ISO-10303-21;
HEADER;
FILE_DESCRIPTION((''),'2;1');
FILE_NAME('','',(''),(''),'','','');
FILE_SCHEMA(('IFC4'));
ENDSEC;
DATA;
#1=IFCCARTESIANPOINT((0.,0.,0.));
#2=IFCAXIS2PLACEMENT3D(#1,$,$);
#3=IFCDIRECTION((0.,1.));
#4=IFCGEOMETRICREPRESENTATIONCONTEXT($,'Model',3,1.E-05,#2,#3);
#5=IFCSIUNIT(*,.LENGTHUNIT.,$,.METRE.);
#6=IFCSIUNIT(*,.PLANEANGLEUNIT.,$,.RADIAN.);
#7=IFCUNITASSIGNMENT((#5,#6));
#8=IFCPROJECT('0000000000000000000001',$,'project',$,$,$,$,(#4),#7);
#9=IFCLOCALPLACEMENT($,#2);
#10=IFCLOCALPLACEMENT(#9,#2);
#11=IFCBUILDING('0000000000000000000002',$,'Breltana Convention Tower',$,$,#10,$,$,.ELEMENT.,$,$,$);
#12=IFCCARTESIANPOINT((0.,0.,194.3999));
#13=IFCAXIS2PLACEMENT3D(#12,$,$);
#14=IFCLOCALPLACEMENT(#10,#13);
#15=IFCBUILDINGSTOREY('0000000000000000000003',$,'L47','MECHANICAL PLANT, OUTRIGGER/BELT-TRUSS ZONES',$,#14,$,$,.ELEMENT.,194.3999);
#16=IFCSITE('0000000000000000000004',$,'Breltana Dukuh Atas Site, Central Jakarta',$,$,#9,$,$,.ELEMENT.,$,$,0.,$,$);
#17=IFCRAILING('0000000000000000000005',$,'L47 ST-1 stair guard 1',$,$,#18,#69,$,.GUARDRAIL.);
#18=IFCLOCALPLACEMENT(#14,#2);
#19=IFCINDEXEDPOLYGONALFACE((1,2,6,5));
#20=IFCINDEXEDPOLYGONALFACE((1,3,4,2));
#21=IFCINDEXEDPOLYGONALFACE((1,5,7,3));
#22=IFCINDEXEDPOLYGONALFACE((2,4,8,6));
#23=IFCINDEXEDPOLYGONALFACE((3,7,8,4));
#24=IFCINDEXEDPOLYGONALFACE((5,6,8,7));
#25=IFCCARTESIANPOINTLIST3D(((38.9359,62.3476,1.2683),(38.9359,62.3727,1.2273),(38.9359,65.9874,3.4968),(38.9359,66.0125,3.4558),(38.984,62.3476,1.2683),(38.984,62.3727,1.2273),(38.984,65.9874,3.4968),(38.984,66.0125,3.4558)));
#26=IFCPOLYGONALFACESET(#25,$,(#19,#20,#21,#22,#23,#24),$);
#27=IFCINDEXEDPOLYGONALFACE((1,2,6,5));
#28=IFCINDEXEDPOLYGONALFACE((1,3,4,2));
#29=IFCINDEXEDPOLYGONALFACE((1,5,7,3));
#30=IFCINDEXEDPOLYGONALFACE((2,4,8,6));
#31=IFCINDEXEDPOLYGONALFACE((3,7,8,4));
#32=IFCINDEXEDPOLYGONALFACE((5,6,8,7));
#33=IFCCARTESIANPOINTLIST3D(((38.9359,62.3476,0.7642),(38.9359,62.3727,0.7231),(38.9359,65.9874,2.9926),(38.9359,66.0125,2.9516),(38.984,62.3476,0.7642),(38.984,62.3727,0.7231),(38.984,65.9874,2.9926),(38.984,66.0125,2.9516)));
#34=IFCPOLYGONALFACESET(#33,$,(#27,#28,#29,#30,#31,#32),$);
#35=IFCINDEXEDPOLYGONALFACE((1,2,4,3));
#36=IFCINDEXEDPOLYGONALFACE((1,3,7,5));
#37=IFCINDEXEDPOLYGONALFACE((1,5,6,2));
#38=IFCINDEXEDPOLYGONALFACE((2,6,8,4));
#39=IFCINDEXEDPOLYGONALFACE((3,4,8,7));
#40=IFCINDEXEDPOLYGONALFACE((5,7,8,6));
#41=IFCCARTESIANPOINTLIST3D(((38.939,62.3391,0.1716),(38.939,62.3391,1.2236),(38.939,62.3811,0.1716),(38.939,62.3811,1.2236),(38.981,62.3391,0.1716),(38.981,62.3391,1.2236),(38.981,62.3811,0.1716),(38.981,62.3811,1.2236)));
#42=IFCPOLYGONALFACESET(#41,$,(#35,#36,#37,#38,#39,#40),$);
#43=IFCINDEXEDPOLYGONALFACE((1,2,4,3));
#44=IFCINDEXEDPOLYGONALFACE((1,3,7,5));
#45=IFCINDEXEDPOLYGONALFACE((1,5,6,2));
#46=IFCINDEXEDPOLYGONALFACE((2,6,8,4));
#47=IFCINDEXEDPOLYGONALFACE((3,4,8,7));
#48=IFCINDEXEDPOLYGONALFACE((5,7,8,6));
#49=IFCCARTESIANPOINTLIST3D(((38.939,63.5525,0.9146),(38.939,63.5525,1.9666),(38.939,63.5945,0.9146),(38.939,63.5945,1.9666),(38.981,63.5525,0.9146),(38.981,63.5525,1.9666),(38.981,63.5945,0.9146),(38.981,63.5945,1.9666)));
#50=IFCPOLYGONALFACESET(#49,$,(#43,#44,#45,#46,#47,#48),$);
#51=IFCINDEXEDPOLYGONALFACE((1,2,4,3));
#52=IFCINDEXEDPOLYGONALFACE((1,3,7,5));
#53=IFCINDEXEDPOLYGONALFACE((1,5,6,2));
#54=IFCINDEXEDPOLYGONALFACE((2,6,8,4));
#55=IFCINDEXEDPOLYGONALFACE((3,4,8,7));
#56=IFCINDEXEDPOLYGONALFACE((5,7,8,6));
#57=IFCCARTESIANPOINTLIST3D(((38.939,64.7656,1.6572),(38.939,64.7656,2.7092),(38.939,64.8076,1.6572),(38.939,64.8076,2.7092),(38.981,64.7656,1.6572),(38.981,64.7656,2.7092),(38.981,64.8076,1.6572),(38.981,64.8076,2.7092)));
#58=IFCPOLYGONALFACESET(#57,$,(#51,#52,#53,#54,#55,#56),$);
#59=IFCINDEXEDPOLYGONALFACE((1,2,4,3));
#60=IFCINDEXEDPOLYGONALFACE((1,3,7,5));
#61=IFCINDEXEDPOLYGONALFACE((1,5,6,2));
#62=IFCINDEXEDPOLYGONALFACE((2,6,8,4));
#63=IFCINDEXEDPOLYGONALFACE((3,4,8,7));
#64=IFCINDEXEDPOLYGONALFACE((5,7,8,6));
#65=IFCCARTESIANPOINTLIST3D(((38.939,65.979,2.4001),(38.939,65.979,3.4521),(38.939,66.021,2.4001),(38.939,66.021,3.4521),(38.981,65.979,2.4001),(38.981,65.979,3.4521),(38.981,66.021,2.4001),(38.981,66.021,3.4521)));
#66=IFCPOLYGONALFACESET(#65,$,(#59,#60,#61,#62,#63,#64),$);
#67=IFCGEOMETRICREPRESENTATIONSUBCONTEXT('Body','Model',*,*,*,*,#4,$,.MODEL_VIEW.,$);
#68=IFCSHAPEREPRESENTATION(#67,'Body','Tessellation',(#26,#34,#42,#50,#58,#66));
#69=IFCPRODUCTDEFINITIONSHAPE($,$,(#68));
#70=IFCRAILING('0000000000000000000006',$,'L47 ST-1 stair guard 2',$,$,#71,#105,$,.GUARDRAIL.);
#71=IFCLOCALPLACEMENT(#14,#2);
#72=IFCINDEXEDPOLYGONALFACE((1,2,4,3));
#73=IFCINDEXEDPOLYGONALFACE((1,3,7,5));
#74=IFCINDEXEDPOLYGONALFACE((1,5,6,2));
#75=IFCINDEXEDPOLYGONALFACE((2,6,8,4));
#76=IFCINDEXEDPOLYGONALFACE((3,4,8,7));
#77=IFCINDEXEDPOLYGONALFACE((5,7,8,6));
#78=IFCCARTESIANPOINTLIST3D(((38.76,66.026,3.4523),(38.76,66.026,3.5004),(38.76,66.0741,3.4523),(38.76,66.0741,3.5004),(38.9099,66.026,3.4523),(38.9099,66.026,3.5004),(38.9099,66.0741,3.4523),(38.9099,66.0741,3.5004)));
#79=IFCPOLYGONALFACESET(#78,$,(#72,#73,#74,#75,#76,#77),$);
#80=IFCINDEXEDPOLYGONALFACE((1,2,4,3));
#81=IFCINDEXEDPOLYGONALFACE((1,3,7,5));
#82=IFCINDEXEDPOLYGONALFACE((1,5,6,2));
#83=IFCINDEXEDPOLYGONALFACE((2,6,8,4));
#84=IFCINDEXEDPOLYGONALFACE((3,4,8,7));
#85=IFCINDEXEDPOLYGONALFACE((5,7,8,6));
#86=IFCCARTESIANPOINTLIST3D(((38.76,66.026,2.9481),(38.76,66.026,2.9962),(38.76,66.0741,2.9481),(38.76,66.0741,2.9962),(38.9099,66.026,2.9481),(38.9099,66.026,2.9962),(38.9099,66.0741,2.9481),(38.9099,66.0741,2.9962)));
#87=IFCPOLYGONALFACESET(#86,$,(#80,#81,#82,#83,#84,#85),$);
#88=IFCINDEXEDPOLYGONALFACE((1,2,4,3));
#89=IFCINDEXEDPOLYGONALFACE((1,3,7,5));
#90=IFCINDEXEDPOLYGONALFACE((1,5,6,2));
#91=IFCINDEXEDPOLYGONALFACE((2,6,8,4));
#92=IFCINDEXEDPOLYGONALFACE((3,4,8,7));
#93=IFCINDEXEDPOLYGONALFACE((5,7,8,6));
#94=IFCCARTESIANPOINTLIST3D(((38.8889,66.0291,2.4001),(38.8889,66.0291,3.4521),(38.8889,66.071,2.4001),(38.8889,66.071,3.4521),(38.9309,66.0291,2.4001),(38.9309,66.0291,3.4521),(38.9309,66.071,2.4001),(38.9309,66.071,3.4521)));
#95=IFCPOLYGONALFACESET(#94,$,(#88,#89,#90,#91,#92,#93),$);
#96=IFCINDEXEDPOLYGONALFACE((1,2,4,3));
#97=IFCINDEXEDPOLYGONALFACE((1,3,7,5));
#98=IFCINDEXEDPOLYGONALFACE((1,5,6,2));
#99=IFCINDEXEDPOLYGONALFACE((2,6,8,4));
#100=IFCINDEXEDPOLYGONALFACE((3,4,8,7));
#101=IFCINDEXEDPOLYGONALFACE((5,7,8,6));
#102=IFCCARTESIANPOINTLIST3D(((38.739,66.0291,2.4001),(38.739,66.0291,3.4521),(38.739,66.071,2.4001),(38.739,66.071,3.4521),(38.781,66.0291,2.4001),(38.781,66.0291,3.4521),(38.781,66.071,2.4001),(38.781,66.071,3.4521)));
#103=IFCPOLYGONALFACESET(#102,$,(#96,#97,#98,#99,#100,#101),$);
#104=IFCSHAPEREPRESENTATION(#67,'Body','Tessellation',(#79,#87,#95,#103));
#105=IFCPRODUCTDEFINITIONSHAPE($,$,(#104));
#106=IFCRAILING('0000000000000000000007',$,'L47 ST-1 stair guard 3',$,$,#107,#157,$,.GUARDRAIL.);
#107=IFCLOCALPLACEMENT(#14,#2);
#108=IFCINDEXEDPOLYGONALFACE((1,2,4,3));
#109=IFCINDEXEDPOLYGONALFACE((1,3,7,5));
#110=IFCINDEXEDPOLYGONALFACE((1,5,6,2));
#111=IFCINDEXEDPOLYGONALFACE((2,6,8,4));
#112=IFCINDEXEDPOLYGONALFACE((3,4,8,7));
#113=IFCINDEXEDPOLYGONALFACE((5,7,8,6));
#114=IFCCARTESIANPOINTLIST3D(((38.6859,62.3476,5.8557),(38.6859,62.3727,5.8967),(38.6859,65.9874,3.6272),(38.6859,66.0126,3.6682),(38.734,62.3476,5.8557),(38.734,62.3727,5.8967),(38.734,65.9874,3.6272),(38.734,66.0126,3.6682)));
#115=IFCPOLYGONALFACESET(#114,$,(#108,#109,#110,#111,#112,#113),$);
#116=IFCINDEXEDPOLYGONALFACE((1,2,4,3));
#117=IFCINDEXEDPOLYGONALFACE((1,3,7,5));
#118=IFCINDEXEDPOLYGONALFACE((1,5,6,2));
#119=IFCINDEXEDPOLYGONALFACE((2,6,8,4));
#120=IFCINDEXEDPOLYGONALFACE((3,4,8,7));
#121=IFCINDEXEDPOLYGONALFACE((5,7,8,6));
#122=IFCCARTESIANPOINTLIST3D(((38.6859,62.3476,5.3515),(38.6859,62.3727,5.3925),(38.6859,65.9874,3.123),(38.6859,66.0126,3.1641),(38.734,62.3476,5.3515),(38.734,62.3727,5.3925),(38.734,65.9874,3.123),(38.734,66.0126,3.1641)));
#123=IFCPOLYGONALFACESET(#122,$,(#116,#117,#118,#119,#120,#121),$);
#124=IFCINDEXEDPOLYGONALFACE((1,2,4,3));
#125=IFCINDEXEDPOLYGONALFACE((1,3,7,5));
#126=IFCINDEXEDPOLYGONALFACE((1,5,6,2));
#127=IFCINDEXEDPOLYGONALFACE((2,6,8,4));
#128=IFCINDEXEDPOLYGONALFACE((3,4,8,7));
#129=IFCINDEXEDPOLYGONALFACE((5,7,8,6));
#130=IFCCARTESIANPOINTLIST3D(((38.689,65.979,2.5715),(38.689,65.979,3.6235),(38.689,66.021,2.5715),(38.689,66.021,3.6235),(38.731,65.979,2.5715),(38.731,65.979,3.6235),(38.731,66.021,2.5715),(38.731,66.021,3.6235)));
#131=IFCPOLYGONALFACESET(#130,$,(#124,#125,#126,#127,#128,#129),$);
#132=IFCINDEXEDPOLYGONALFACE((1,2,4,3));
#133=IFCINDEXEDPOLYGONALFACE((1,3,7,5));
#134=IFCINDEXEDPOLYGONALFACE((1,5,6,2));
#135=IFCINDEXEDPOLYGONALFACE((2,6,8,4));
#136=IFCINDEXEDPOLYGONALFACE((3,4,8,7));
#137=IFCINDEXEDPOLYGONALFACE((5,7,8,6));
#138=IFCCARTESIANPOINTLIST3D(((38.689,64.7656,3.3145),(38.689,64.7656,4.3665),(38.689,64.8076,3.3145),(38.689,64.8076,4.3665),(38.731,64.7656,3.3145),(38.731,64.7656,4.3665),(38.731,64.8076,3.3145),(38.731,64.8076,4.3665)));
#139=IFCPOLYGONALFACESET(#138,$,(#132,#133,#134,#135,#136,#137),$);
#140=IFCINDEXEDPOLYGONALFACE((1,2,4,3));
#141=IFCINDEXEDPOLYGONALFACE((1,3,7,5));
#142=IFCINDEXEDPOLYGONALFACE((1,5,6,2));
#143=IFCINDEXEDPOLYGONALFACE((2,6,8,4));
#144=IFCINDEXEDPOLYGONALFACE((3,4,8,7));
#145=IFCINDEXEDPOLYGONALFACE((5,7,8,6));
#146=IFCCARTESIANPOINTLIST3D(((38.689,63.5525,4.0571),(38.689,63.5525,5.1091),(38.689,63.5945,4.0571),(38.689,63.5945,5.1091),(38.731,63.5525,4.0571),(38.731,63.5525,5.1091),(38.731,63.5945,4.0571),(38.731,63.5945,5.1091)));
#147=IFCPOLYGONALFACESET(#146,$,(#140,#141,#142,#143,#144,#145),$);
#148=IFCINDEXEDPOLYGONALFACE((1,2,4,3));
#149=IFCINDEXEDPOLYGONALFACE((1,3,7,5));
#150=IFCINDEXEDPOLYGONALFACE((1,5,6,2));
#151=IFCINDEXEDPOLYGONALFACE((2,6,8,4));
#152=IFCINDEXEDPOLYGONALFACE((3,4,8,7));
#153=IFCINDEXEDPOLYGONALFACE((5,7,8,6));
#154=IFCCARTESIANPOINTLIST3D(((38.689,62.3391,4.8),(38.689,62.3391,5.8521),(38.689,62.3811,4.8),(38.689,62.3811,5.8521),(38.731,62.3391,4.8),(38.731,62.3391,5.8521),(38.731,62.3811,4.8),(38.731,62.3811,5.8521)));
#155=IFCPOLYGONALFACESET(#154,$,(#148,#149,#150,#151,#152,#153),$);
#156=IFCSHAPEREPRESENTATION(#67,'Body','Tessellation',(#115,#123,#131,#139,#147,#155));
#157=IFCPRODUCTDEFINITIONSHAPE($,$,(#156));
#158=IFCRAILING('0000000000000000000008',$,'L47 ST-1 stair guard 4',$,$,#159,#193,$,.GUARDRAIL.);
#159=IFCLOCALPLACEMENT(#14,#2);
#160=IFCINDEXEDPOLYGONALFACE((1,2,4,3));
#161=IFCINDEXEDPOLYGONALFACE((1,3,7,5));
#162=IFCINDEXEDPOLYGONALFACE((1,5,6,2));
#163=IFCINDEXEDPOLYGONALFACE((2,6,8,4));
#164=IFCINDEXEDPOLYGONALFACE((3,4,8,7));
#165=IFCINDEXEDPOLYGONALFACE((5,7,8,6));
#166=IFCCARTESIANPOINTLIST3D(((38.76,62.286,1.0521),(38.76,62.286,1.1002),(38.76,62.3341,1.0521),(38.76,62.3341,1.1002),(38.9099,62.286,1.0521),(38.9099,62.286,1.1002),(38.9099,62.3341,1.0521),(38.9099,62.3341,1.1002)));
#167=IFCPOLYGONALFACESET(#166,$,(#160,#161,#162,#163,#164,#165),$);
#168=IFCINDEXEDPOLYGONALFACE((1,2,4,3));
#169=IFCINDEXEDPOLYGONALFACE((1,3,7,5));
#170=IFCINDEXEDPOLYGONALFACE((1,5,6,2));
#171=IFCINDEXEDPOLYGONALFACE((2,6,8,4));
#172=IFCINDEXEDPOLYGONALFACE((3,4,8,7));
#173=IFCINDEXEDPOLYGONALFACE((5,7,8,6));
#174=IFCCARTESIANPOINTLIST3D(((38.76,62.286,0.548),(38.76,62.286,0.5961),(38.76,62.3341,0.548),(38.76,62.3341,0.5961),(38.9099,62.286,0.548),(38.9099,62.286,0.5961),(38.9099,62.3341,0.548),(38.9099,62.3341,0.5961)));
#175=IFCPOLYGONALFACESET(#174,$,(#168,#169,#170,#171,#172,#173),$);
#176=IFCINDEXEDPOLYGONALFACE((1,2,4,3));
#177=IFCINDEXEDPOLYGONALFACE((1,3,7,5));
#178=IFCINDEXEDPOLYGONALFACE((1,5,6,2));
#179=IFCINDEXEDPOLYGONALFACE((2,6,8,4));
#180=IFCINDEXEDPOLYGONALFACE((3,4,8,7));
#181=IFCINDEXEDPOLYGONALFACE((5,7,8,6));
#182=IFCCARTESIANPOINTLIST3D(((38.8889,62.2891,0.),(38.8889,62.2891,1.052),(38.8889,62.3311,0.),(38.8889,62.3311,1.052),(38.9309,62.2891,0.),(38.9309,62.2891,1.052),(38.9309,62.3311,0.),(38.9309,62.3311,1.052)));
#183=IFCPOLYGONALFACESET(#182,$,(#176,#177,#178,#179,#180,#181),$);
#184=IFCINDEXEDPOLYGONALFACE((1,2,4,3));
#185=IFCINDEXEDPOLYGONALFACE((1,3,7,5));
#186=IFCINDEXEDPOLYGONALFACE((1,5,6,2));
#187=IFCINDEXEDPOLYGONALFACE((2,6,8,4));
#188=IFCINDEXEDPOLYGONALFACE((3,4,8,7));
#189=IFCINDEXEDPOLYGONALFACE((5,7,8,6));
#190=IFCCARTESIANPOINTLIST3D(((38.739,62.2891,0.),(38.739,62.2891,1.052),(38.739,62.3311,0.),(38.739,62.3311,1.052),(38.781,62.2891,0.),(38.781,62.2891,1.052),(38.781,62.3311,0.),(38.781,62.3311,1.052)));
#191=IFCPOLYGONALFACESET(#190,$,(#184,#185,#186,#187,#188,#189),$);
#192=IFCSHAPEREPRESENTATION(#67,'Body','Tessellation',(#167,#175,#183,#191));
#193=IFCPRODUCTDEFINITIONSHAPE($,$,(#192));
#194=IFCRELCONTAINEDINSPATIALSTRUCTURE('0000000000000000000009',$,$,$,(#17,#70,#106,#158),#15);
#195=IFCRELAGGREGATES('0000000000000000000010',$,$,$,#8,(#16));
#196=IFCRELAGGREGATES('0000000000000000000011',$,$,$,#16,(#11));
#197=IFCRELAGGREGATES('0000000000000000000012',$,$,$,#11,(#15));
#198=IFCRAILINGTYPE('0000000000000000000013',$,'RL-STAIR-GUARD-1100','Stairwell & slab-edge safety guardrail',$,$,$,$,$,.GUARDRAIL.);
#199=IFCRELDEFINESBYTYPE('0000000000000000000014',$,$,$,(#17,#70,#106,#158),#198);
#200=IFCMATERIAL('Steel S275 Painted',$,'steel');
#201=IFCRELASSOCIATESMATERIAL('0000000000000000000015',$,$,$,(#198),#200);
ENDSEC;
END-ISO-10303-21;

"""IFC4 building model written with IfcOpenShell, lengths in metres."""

from ifc_helpers import new_model, si_unit, direction, frame, origin, origin_2d, place, context, subcontext, project, spatial, rectangle, extrude, material, type_object, element, save


model = new_model("IFC4")

# Units and contexts
model_context = context("Model", 3, precision=1e-05, world=origin(), true_north=direction((0.0, 1.0)))
body_context = subcontext(model_context, "Body", "Model", "MODEL_VIEW")
ifc_project = project(units=[si_unit("LENGTHUNIT", "METRE"), si_unit("PLANEANGLEUNIT", "RADIAN")], contexts=[model_context])

# Site, building, storey
site_placement = place(None, origin())
site = spatial("IfcSite", under=ifc_project, at=site_placement, Name="Breltana Dukuh Atas Site, Central Jakarta", CompositionType="ELEMENT", RefElevation=0.0)
building_placement = place(site_placement, origin())
building = spatial("IfcBuilding", under=site, at=building_placement, Name="Breltana Convention Tower", CompositionType="ELEMENT")
storey_placement = place(building_placement, frame((0.0, 0.0, 194.3999)))
storey = spatial("IfcBuildingStorey", under=building, at=storey_placement, Name="L47", Description="MECHANICAL PLANT, OUTRIGGER/BELT-TRUSS ZONES", CompositionType="ELEMENT", Elevation=194.3999)

# Railings
ifc_material_1 = material(Name="Steel S275 Painted", Category="steel")
railing_type_1 = type_object("IfcRailingType", Name="RL-STAIR-GUARD-1100", Description="Stairwell & slab-edge safety guardrail", PredefinedType="GUARDRAIL", material=ifc_material_1)
railing_1_placement = place(storey_placement, frame((38.96, 62.3601, 0.1716)))
element("IfcRailing", 1, at=railing_1_placement, inside=storey, type_object=railing_type_1, Name="L47 ST-1 stair guard 1", PredefinedType="GUARDRAIL", context=body_context, shape_type="SweptSolid", body=[
    extrude(rectangle(XDim=0.0481, YDim=0.0481, at=origin_2d()), frame((0.0, 0.0, 1.0762), z_axis=(0.0, 0.85285, 0.522156), x_axis=(-1.0, 0.0, 0.0)), (0.0, 0.0, 1.0), 4.2678),
    extrude(rectangle(XDim=0.0481, YDim=0.0481, at=origin_2d()), frame((0.0, 0.0, 0.572), z_axis=(0.0, 0.85285, 0.522156), x_axis=(-1.0, 0.0, 0.0)), (0.0, 0.0, 1.0), 4.2678),
    extrude(rectangle(XDim=0.042, YDim=0.042, at=origin_2d()), origin(), (0.0, 0.0, 1.0), 1.052),
    extrude(rectangle(XDim=0.042, YDim=0.042, at=origin_2d()), frame((0.0, 1.2134, 0.7429)), (0.0, 0.0, 1.0), 1.052),
    extrude(rectangle(XDim=0.042, YDim=0.042, at=origin_2d()), frame((0.0, 2.4265, 1.4856)), (0.0, 0.0, 1.0), 1.052),
    extrude(rectangle(XDim=0.042, YDim=0.042, at=origin_2d()), frame((0.0, 3.6399, 2.2285)), (0.0, 0.0, 1.0), 1.052),
])
railing_2_placement = place(storey_placement, frame((38.9099, 66.05, 2.4001)))
element("IfcRailing", 2, at=railing_2_placement, inside=storey, type_object=railing_type_1, Name="L47 ST-1 stair guard 2", PredefinedType="GUARDRAIL", context=body_context, shape_type="SweptSolid", body=[
    extrude(rectangle(XDim=0.0481, YDim=0.0481, at=origin_2d()), frame((0.0, 0.0, 1.0762), z_axis=(-1.0, 0.0, 0.0), x_axis=(0.0, -1.0, 0.0)), (0.0, 0.0, 1.0), 0.1499),
    extrude(rectangle(XDim=0.0481, YDim=0.0481, at=origin_2d()), frame((0.0, 0.0, 0.572), z_axis=(-1.0, 0.0, 0.0), x_axis=(0.0, -1.0, 0.0)), (0.0, 0.0, 1.0), 0.1499),
    extrude(rectangle(XDim=0.042, YDim=0.042, at=origin_2d()), origin(), (0.0, 0.0, 1.0), 1.052),
    extrude(rectangle(XDim=0.042, YDim=0.042, at=origin_2d()), frame((-0.1499, 0.0, 0.0)), (0.0, 0.0, 1.0), 1.052),
])
railing_3_placement = place(storey_placement, frame((38.71, 66.0, 2.5715)))
element("IfcRailing", 3, at=railing_3_placement, inside=storey, type_object=railing_type_1, Name="L47 ST-1 stair guard 3", PredefinedType="GUARDRAIL", context=body_context, shape_type="SweptSolid", body=[
    extrude(rectangle(XDim=0.0481, YDim=0.0481, at=origin_2d()), frame((0.0, 0.0, 1.0762), z_axis=(0.0, -0.85285, 0.522156), x_axis=(1.0, 0.0, 0.0)), (0.0, 0.0, 1.0), 4.2678),
    extrude(rectangle(XDim=0.0481, YDim=0.0481, at=origin_2d()), frame((0.0, 0.0, 0.572), z_axis=(0.0, -0.85285, 0.522156), x_axis=(1.0, 0.0, 0.0)), (0.0, 0.0, 1.0), 4.2678),
    extrude(rectangle(XDim=0.042, YDim=0.042, at=origin_2d()), origin(), (0.0, 0.0, 1.0), 1.052),
    extrude(rectangle(XDim=0.042, YDim=0.042, at=origin_2d()), frame((0.0, -1.2134, 0.7429)), (0.0, 0.0, 1.0), 1.052),
    extrude(rectangle(XDim=0.042, YDim=0.042, at=origin_2d()), frame((0.0, -2.4265, 1.4856)), (0.0, 0.0, 1.0), 1.052),
    extrude(rectangle(XDim=0.042, YDim=0.042, at=origin_2d()), frame((0.0, -3.6399, 2.2285)), (0.0, 0.0, 1.0), 1.052),
])
railing_4_placement = place(storey_placement, frame((38.9099, 62.3101, 0.0)))
element("IfcRailing", 4, at=railing_4_placement, inside=storey, type_object=railing_type_1, Name="L47 ST-1 stair guard 4", PredefinedType="GUARDRAIL", context=body_context, shape_type="SweptSolid", body=[
    extrude(rectangle(XDim=0.0481, YDim=0.0481, at=origin_2d()), frame((0.0, 0.0, 1.0762), z_axis=(-1.0, 0.0, 0.0), x_axis=(0.0, -1.0, 0.0)), (0.0, 0.0, 1.0), 0.1499),
    extrude(rectangle(XDim=0.0481, YDim=0.0481, at=origin_2d()), frame((0.0, 0.0, 0.572), z_axis=(-1.0, 0.0, 0.0), x_axis=(0.0, -1.0, 0.0)), (0.0, 0.0, 1.0), 0.1499),
    extrude(rectangle(XDim=0.042, YDim=0.042, at=origin_2d()), origin(), (0.0, 0.0, 1.0), 1.052),
    extrude(rectangle(XDim=0.042, YDim=0.042, at=origin_2d()), frame((-0.1499, 0.0, 0.0)), (0.0, 0.0, 1.0), 1.052),
])

save(model, "model.ifc")
